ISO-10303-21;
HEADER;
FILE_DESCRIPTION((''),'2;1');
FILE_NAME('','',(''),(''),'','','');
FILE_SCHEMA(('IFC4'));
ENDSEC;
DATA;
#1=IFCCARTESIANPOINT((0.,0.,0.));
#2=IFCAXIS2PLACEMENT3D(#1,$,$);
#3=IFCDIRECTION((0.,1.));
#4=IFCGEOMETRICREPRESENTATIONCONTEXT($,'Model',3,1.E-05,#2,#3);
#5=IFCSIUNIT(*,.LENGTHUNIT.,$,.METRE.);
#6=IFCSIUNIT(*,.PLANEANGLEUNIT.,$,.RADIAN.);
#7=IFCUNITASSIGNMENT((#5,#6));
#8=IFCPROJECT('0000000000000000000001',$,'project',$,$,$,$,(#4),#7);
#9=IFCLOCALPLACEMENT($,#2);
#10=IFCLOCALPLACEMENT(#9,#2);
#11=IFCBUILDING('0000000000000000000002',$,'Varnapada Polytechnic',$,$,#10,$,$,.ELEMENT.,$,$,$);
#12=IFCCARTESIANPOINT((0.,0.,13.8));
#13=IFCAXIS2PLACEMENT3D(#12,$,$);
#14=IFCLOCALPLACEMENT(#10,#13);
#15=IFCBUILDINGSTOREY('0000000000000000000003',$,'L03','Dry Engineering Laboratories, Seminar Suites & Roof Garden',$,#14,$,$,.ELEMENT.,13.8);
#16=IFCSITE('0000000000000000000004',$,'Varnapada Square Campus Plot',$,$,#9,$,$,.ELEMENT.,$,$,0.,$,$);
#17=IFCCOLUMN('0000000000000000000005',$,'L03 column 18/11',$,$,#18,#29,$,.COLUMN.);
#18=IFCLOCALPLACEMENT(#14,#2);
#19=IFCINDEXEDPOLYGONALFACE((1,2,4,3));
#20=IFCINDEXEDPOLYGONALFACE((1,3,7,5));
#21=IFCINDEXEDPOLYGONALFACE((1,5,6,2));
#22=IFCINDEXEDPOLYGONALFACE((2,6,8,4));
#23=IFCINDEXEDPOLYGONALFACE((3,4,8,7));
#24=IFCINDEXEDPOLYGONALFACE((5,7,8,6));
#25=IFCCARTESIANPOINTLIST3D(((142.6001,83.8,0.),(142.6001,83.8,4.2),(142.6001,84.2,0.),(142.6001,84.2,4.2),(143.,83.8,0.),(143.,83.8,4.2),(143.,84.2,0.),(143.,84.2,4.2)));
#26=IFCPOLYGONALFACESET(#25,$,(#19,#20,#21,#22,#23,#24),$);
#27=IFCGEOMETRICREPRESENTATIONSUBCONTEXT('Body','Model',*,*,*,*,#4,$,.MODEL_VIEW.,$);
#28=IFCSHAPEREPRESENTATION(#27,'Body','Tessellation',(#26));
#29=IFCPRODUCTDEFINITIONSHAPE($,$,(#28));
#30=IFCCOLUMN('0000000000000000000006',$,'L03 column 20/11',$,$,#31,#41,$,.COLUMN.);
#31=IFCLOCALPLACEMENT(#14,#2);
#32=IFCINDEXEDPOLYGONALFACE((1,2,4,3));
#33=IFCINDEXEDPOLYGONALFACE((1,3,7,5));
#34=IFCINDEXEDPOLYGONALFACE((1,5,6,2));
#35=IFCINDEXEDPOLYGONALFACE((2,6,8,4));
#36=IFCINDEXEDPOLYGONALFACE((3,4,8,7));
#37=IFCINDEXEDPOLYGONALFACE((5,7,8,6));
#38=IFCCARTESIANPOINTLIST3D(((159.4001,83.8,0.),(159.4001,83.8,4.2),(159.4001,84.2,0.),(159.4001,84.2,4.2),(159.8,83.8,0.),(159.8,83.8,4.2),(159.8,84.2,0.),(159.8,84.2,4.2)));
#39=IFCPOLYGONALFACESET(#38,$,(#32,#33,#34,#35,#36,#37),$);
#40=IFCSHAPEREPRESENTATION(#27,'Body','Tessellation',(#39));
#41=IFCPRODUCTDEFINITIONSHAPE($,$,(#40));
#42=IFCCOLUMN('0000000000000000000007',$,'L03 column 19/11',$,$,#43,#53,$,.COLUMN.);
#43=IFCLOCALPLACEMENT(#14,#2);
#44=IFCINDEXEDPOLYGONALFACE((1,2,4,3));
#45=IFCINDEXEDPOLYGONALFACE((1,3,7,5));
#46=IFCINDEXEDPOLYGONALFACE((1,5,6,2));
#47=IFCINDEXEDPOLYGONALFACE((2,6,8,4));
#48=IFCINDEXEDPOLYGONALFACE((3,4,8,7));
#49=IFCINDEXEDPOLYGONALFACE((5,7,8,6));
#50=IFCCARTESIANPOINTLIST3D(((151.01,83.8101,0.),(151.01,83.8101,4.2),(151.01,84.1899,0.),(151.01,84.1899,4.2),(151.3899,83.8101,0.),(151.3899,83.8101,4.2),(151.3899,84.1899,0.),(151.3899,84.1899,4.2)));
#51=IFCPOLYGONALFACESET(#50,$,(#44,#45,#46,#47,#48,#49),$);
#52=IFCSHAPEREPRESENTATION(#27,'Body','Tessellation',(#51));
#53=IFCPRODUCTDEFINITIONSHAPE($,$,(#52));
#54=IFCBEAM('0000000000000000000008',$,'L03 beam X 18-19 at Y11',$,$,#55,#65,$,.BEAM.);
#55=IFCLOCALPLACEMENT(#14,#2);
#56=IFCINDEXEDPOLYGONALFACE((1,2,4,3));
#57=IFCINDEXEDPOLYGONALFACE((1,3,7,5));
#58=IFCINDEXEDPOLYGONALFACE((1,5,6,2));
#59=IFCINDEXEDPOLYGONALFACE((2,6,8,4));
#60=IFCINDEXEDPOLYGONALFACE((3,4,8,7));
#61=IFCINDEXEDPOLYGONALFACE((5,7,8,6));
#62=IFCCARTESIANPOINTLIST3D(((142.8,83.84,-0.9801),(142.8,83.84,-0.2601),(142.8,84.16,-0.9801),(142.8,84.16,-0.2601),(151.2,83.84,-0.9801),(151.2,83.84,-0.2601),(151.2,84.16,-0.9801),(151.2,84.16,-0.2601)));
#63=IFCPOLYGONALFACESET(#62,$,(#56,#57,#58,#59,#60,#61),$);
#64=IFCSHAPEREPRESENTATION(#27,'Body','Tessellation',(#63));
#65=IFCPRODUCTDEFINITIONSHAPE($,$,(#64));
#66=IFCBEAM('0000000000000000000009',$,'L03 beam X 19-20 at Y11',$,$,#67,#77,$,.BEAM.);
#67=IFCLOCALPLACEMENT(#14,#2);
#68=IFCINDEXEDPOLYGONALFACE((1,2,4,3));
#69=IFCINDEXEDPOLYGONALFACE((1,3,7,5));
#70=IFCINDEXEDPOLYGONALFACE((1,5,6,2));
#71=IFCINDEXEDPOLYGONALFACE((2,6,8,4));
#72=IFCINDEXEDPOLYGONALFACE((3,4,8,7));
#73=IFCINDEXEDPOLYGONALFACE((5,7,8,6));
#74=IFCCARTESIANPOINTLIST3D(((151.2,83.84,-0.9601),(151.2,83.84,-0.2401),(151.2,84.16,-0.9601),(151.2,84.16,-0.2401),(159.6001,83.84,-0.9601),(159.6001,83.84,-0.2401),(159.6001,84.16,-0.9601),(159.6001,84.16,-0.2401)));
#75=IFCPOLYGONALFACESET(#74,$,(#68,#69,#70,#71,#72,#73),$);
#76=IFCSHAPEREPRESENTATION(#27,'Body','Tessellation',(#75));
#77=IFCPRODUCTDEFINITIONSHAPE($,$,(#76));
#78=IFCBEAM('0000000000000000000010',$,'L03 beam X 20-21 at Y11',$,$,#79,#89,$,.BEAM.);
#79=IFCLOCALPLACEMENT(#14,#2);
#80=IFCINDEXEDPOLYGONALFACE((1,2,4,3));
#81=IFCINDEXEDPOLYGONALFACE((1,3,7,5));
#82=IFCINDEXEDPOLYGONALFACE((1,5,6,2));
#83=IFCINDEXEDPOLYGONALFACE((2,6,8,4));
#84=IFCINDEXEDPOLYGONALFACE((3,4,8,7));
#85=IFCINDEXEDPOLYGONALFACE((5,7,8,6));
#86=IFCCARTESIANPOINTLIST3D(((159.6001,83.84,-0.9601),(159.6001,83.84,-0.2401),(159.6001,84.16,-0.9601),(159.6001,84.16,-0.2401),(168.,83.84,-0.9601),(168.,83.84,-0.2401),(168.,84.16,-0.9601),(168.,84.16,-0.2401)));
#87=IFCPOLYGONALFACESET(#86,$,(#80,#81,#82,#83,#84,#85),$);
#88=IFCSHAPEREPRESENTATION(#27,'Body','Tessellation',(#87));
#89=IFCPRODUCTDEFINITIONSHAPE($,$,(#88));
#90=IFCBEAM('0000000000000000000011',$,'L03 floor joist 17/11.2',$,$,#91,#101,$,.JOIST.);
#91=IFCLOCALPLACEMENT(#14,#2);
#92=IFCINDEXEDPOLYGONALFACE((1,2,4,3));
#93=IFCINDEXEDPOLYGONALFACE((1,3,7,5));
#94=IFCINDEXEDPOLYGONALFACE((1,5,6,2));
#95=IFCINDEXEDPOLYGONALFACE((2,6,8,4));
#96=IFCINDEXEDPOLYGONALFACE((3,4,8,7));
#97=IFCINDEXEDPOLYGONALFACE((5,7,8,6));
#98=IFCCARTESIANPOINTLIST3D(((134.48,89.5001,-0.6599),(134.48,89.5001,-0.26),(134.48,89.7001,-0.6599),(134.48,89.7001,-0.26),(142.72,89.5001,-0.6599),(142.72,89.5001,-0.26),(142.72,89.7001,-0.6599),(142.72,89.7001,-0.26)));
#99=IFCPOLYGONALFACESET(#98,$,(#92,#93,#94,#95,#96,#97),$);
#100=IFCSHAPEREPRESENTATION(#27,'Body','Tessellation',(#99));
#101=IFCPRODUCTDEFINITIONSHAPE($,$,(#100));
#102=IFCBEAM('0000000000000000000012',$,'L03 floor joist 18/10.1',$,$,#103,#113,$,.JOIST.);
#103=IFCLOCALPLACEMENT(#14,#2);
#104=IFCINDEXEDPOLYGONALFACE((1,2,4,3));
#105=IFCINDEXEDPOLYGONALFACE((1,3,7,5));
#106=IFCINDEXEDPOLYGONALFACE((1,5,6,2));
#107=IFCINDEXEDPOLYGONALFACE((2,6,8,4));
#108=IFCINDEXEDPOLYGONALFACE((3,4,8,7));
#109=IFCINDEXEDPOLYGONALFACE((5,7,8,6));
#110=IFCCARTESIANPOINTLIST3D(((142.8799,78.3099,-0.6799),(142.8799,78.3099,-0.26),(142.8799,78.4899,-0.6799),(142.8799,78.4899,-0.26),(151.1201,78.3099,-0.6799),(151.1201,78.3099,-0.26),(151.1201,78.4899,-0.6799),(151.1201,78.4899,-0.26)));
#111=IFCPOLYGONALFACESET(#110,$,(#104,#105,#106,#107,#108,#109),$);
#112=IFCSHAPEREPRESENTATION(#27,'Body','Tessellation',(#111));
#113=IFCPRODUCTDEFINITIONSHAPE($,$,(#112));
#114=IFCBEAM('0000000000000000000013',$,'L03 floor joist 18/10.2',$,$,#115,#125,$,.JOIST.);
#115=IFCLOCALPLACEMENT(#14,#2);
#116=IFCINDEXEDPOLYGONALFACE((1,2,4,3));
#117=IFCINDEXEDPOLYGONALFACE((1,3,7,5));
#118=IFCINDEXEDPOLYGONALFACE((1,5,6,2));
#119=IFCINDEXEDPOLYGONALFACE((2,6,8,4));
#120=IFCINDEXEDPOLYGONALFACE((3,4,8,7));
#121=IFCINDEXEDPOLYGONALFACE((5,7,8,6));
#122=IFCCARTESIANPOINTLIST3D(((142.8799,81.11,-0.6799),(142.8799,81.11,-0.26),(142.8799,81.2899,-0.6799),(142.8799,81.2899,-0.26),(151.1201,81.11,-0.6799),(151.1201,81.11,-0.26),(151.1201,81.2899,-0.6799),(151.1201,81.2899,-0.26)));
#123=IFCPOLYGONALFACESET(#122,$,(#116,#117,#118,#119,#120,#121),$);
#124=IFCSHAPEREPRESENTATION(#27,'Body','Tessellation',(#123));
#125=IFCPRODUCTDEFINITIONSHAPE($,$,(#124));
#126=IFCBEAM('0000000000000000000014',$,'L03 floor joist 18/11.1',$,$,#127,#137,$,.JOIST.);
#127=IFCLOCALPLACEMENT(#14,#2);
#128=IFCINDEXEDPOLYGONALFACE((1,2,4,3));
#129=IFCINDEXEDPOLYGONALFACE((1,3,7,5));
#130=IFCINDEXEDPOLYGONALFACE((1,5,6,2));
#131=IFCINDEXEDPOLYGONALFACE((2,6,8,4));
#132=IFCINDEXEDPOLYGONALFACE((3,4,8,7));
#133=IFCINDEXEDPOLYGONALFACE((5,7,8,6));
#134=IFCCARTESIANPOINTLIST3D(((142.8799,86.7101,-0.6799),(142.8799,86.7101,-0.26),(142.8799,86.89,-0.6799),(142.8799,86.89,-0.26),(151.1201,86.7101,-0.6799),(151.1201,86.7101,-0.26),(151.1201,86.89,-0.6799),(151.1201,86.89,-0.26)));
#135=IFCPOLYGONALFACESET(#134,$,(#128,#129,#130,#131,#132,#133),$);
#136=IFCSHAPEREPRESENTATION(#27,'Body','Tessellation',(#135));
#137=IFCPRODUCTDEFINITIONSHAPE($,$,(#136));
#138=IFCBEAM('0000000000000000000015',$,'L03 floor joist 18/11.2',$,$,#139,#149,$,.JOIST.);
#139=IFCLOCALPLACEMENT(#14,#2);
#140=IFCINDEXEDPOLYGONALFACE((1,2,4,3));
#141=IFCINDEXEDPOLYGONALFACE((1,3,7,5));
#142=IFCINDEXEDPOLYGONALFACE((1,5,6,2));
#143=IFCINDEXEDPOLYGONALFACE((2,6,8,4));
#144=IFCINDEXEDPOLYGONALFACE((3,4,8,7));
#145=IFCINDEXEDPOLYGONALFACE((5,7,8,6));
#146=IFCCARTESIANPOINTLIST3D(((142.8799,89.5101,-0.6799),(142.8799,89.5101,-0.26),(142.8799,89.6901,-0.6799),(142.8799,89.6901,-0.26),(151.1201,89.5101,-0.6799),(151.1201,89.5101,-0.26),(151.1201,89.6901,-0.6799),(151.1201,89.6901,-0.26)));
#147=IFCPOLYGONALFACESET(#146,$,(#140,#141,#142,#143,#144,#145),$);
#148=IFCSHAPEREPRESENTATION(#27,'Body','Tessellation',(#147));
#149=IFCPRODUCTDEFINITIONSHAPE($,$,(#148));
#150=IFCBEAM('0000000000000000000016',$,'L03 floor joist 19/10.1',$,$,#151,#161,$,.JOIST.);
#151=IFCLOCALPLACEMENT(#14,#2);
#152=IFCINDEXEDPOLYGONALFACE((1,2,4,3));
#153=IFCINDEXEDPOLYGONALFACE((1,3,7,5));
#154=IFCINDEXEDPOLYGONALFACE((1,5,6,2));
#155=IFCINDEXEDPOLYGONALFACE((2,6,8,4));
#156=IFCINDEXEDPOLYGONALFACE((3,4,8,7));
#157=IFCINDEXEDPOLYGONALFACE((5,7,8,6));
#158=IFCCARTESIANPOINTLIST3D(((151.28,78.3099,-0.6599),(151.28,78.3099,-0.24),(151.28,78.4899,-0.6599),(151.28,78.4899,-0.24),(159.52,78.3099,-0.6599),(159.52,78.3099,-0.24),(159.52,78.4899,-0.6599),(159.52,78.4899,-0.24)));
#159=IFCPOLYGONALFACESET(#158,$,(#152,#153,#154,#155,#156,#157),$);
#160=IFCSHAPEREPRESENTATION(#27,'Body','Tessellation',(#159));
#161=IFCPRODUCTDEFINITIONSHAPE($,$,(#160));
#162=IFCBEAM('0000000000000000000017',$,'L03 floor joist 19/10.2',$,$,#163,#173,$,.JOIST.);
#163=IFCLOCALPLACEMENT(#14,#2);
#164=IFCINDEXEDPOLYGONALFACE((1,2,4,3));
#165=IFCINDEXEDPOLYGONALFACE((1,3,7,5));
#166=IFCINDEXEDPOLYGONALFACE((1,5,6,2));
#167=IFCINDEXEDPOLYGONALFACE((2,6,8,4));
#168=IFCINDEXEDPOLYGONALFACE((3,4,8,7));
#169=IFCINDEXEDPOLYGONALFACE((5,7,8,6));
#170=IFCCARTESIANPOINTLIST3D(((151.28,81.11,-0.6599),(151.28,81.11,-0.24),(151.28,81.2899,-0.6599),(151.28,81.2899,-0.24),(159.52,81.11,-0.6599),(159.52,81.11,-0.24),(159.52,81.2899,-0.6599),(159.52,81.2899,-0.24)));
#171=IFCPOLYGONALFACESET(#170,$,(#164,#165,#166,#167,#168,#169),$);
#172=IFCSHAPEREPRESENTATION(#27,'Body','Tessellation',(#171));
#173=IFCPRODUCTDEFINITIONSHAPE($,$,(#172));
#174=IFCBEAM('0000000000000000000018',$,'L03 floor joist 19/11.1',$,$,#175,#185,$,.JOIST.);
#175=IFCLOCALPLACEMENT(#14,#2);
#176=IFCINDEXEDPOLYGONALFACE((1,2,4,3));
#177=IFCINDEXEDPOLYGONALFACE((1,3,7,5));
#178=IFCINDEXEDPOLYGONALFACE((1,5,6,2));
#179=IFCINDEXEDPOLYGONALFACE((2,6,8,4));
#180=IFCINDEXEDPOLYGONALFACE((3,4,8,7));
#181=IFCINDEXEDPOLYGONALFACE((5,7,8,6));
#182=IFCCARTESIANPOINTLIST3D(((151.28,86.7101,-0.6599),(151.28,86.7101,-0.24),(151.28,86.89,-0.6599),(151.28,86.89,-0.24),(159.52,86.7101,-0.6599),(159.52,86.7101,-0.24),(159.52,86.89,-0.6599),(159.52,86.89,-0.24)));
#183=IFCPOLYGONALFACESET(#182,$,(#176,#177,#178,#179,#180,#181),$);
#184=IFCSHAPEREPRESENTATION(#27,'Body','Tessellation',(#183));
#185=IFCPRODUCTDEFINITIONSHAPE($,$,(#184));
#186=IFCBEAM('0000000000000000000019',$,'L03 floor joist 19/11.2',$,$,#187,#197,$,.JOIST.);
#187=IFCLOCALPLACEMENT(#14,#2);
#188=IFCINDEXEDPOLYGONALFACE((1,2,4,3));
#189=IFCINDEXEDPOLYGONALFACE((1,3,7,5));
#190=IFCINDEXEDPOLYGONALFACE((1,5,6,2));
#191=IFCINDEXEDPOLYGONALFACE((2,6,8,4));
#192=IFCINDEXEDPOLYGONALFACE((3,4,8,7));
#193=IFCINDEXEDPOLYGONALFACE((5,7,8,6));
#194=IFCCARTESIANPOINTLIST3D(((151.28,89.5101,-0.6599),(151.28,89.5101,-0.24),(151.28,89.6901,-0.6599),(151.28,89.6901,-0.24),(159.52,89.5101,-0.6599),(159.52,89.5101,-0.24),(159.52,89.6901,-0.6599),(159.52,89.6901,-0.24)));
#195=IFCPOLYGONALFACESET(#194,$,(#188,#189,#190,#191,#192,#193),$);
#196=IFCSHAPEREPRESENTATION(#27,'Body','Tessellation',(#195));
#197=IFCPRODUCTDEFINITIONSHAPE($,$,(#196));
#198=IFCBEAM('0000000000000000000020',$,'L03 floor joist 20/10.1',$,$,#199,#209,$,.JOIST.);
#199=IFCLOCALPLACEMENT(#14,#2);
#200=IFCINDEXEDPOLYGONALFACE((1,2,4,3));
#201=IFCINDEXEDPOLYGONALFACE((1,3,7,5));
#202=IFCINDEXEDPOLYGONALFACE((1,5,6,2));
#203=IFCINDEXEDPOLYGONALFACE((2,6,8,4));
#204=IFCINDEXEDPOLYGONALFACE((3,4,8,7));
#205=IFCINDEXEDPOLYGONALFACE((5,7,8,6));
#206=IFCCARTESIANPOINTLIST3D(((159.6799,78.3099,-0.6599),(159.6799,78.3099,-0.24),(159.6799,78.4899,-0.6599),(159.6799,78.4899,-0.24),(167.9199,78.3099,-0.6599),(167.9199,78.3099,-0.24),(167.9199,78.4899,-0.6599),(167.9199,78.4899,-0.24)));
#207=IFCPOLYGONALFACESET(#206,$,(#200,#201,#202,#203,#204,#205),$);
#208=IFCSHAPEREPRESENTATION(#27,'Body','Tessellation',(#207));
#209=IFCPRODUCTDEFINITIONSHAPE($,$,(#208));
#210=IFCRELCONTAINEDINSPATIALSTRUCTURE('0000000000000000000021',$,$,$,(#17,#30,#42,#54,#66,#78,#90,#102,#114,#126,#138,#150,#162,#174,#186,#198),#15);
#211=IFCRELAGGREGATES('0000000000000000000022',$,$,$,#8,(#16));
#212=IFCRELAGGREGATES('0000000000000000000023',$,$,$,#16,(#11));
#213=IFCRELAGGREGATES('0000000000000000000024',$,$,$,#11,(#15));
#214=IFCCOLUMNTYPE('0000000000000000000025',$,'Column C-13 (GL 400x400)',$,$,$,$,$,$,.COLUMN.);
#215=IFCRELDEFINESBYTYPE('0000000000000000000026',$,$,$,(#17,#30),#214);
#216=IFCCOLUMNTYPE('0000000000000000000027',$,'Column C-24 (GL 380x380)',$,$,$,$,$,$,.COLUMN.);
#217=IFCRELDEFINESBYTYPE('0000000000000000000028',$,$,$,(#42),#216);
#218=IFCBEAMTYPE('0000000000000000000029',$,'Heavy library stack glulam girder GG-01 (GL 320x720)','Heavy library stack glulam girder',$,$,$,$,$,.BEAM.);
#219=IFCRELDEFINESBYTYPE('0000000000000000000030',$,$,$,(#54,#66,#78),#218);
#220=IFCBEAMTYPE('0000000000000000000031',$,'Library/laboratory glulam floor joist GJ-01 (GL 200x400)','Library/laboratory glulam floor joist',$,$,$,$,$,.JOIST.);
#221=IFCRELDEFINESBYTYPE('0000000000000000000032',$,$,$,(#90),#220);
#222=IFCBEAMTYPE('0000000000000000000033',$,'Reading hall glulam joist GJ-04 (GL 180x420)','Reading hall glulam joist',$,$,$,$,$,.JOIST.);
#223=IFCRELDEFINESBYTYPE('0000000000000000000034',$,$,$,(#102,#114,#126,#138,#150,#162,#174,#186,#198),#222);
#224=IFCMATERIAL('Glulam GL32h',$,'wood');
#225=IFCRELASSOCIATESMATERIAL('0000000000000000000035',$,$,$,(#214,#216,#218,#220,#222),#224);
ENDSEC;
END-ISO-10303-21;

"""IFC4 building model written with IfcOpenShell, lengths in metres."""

from ifc_helpers import new_model, si_unit, direction, frame, origin, origin_2d, place, context, subcontext, project, spatial, rectangle, extrude, material, material_profile, profile_set, type_object, element, save


model = new_model("IFC4")

# Units and contexts
model_context = context("Model", 3, precision=1e-05, world=origin(), true_north=direction((0.0, 1.0)))
body_context = subcontext(model_context, "Body", "Model", "MODEL_VIEW")
ifc_project = project(units=[si_unit("LENGTHUNIT", "METRE"), si_unit("PLANEANGLEUNIT", "RADIAN")], contexts=[model_context])

# Site, building, storey
site_placement = place(None, origin())
site = spatial("IfcSite", under=ifc_project, at=site_placement, Name="Varnapada Square Campus Plot", CompositionType="ELEMENT", RefElevation=0.0)
building_placement = place(site_placement, origin())
building = spatial("IfcBuilding", under=site, at=building_placement, Name="Varnapada Polytechnic", CompositionType="ELEMENT")
storey_placement = place(building_placement, frame((0.0, 0.0, 13.8)))
storey = spatial("IfcBuildingStorey", under=building, at=storey_placement, Name="L03", Description="Dry Engineering Laboratories, Seminar Suites & Roof Garden", CompositionType="ELEMENT", Elevation=13.8)

# Columns
ifc_material_1 = material(Name="Glulam GL32h", Category="wood")
ifc_material_profile_1 = material_profile(ifc_material_1, rectangle(XDim=0.3999, YDim=0.3999, at=origin_2d()), Name="GL 400x400")
ifc_profile_set_1 = profile_set([ifc_material_profile_1], Name="Glulam GL32h")
column_type_1 = type_object("IfcColumnType", Name="Column C-13 (GL 400x400)", PredefinedType="COLUMN", material=ifc_profile_set_1)
for number, where, z_axis, x_axis, name in (
    (1, (142.8, 84.0, 0.0), (0.0, 0.0, 1.0), (1.0, 0.0, 0.0), "L03 column 18/11"),
    (2, (159.6001, 84.0, 0.0), (0.0, 0.0, 1.0), (1.0, 0.0, 0.0), "L03 column 20/11"),
):
    element("IfcColumn", number, at=place(storey_placement, frame(where, z_axis=z_axis, x_axis=x_axis)), inside=storey, type_object=column_type_1, Name=name, PredefinedType="COLUMN", context=body_context, shape_type="SweptSolid", body=[
        extrude(rectangle(XDim=0.3999, YDim=0.3999, at=origin_2d()), origin(), (0.0, 0.0, 1.0), 4.2),
    ])
ifc_material_profile_2 = material_profile(ifc_material_1, rectangle(XDim=0.3799, YDim=0.3799, at=origin_2d()), Name="GL 380x380")
ifc_profile_set_2 = profile_set([ifc_material_profile_2], Name="Glulam GL32h")
column_type_2 = type_object("IfcColumnType", Name="Column C-24 (GL 380x380)", PredefinedType="COLUMN", material=ifc_profile_set_2)
column_placement = place(storey_placement, frame((151.2, 84.0, 0.0), z_axis=(0.0, 0.0, 1.0), x_axis=(1.0, 0.0, 0.0)))
element("IfcColumn", 3, at=column_placement, inside=storey, type_object=column_type_2, Name="L03 column 19/11", PredefinedType="COLUMN", context=body_context, shape_type="SweptSolid", body=[
    extrude(rectangle(XDim=0.3799, YDim=0.3799, at=origin_2d()), origin(), (0.0, 0.0, 1.0), 4.2),
])

# Beams
ifc_material_profile_3 = material_profile(ifc_material_1, rectangle(XDim=0.3201, YDim=0.72, at=origin_2d()), Name="GL 320x720")
ifc_profile_set_3 = profile_set([ifc_material_profile_3], Name="Glulam GL32h")
beam_type_1 = type_object("IfcBeamType", Name="Heavy library stack glulam girder GG-01 (GL 320x720)", Description="Heavy library stack glulam girder", PredefinedType="BEAM", material=ifc_profile_set_3)
beam_1_placement = place(storey_placement, frame((142.8, 84.0, -0.6201), z_axis=(1.0, 0.0, 0.0), x_axis=(0.0, 1.0, 0.0)))
element("IfcBeam", 4, at=beam_1_placement, inside=storey, type_object=beam_type_1, Name="L03 beam X 18-19 at Y11", PredefinedType="BEAM", context=body_context, shape_type="SweptSolid", body=[
    extrude(rectangle(XDim=0.3201, YDim=0.72, at=origin_2d()), origin(), (0.0, 0.0, 1.0), 8.3999),
])
beam_2_placement = place(storey_placement, frame((151.2, 84.0, -0.6001), z_axis=(1.0, 0.0, 0.0), x_axis=(0.0, 1.0, 0.0)))
element("IfcBeam", 5, at=beam_2_placement, inside=storey, type_object=beam_type_1, Name="L03 beam X 19-20 at Y11", PredefinedType="BEAM", context=body_context, shape_type="SweptSolid", body=[
    extrude(rectangle(XDim=0.3201, YDim=0.72, at=origin_2d()), origin(), (0.0, 0.0, 1.0), 8.4001),
])
beam_3_placement = place(storey_placement, frame((159.6001, 84.0, -0.6001), z_axis=(1.0, 0.0, 0.0), x_axis=(0.0, 1.0, 0.0)))
element("IfcBeam", 6, at=beam_3_placement, inside=storey, type_object=beam_type_1, Name="L03 beam X 20-21 at Y11", PredefinedType="BEAM", context=body_context, shape_type="SweptSolid", body=[
    extrude(rectangle(XDim=0.3201, YDim=0.72, at=origin_2d()), origin(), (0.0, 0.0, 1.0), 8.3999),
])
ifc_material_profile_4 = material_profile(ifc_material_1, rectangle(XDim=0.2, YDim=0.3999, at=origin_2d()), Name="GL 200x400")
ifc_profile_set_4 = profile_set([ifc_material_profile_4], Name="Glulam GL32h")
beam_type_2 = type_object("IfcBeamType", Name="Library/laboratory glulam floor joist GJ-01 (GL 200x400)", Description="Library/laboratory glulam floor joist", PredefinedType="JOIST", material=ifc_profile_set_4)
beam_4_placement = place(storey_placement, frame((134.48, 89.6001, -0.46), z_axis=(1.0, 0.0, 0.0), x_axis=(0.0, 1.0, 0.0)))
element("IfcBeam", 7, at=beam_4_placement, inside=storey, type_object=beam_type_2, Name="L03 floor joist 17/11.2", PredefinedType="JOIST", context=body_context, shape_type="SweptSolid", body=[
    extrude(rectangle(XDim=0.2, YDim=0.3999, at=origin_2d()), origin(), (0.0, 0.0, 1.0), 8.24),
])
ifc_material_profile_5 = material_profile(ifc_material_1, rectangle(XDim=0.1799, YDim=0.4199, at=origin_2d()), Name="GL 180x420")
ifc_profile_set_5 = profile_set([ifc_material_profile_5], Name="Glulam GL32h")
beam_type_3 = type_object("IfcBeamType", Name="Reading hall glulam joist GJ-04 (GL 180x420)", Description="Reading hall glulam joist", PredefinedType="JOIST", material=ifc_profile_set_5)
for number, where, z_axis, x_axis, name in (
    (8, (142.8799, 78.3999, -0.47), (1.0, 0.0, 0.0), (0.0, 1.0, 0.0), "L03 floor joist 18/10.1"),
    (9, (142.8799, 81.2, -0.47), (1.0, 0.0, 0.0), (0.0, 1.0, 0.0), "L03 floor joist 18/10.2"),
    (10, (142.8799, 86.8, -0.47), (1.0, 0.0, 0.0), (0.0, 1.0, 0.0), "L03 floor joist 18/11.1"),
    (11, (142.8799, 89.6001, -0.47), (1.0, 0.0, 0.0), (0.0, 1.0, 0.0), "L03 floor joist 18/11.2"),
):
    element("IfcBeam", number, at=place(storey_placement, frame(where, z_axis=z_axis, x_axis=x_axis)), inside=storey, type_object=beam_type_3, Name=name, PredefinedType="JOIST", context=body_context, shape_type="SweptSolid", body=[
        extrude(rectangle(XDim=0.1799, YDim=0.4199, at=origin_2d()), origin(), (0.0, 0.0, 1.0), 8.2402),
    ])
for number, where, z_axis, x_axis, name in (
    (12, (151.28, 78.3999, -0.45), (1.0, 0.0, 0.0), (0.0, 1.0, 0.0), "L03 floor joist 19/10.1"),
    (13, (151.28, 81.2, -0.45), (1.0, 0.0, 0.0), (0.0, 1.0, 0.0), "L03 floor joist 19/10.2"),
    (14, (151.28, 86.8, -0.45), (1.0, 0.0, 0.0), (0.0, 1.0, 0.0), "L03 floor joist 19/11.1"),
    (15, (151.28, 89.6001, -0.45), (1.0, 0.0, 0.0), (0.0, 1.0, 0.0), "L03 floor joist 19/11.2"),
    (16, (159.6799, 78.3999, -0.45), (1.0, 0.0, 0.0), (0.0, 1.0, 0.0), "L03 floor joist 20/10.1"),
):
    element("IfcBeam", number, at=place(storey_placement, frame(where, z_axis=z_axis, x_axis=x_axis)), inside=storey, type_object=beam_type_3, Name=name, PredefinedType="JOIST", context=body_context, shape_type="SweptSolid", body=[
        extrude(rectangle(XDim=0.1799, YDim=0.4199, at=origin_2d()), origin(), (0.0, 0.0, 1.0), 8.24),
    ])

save(model, "model.ifc")
